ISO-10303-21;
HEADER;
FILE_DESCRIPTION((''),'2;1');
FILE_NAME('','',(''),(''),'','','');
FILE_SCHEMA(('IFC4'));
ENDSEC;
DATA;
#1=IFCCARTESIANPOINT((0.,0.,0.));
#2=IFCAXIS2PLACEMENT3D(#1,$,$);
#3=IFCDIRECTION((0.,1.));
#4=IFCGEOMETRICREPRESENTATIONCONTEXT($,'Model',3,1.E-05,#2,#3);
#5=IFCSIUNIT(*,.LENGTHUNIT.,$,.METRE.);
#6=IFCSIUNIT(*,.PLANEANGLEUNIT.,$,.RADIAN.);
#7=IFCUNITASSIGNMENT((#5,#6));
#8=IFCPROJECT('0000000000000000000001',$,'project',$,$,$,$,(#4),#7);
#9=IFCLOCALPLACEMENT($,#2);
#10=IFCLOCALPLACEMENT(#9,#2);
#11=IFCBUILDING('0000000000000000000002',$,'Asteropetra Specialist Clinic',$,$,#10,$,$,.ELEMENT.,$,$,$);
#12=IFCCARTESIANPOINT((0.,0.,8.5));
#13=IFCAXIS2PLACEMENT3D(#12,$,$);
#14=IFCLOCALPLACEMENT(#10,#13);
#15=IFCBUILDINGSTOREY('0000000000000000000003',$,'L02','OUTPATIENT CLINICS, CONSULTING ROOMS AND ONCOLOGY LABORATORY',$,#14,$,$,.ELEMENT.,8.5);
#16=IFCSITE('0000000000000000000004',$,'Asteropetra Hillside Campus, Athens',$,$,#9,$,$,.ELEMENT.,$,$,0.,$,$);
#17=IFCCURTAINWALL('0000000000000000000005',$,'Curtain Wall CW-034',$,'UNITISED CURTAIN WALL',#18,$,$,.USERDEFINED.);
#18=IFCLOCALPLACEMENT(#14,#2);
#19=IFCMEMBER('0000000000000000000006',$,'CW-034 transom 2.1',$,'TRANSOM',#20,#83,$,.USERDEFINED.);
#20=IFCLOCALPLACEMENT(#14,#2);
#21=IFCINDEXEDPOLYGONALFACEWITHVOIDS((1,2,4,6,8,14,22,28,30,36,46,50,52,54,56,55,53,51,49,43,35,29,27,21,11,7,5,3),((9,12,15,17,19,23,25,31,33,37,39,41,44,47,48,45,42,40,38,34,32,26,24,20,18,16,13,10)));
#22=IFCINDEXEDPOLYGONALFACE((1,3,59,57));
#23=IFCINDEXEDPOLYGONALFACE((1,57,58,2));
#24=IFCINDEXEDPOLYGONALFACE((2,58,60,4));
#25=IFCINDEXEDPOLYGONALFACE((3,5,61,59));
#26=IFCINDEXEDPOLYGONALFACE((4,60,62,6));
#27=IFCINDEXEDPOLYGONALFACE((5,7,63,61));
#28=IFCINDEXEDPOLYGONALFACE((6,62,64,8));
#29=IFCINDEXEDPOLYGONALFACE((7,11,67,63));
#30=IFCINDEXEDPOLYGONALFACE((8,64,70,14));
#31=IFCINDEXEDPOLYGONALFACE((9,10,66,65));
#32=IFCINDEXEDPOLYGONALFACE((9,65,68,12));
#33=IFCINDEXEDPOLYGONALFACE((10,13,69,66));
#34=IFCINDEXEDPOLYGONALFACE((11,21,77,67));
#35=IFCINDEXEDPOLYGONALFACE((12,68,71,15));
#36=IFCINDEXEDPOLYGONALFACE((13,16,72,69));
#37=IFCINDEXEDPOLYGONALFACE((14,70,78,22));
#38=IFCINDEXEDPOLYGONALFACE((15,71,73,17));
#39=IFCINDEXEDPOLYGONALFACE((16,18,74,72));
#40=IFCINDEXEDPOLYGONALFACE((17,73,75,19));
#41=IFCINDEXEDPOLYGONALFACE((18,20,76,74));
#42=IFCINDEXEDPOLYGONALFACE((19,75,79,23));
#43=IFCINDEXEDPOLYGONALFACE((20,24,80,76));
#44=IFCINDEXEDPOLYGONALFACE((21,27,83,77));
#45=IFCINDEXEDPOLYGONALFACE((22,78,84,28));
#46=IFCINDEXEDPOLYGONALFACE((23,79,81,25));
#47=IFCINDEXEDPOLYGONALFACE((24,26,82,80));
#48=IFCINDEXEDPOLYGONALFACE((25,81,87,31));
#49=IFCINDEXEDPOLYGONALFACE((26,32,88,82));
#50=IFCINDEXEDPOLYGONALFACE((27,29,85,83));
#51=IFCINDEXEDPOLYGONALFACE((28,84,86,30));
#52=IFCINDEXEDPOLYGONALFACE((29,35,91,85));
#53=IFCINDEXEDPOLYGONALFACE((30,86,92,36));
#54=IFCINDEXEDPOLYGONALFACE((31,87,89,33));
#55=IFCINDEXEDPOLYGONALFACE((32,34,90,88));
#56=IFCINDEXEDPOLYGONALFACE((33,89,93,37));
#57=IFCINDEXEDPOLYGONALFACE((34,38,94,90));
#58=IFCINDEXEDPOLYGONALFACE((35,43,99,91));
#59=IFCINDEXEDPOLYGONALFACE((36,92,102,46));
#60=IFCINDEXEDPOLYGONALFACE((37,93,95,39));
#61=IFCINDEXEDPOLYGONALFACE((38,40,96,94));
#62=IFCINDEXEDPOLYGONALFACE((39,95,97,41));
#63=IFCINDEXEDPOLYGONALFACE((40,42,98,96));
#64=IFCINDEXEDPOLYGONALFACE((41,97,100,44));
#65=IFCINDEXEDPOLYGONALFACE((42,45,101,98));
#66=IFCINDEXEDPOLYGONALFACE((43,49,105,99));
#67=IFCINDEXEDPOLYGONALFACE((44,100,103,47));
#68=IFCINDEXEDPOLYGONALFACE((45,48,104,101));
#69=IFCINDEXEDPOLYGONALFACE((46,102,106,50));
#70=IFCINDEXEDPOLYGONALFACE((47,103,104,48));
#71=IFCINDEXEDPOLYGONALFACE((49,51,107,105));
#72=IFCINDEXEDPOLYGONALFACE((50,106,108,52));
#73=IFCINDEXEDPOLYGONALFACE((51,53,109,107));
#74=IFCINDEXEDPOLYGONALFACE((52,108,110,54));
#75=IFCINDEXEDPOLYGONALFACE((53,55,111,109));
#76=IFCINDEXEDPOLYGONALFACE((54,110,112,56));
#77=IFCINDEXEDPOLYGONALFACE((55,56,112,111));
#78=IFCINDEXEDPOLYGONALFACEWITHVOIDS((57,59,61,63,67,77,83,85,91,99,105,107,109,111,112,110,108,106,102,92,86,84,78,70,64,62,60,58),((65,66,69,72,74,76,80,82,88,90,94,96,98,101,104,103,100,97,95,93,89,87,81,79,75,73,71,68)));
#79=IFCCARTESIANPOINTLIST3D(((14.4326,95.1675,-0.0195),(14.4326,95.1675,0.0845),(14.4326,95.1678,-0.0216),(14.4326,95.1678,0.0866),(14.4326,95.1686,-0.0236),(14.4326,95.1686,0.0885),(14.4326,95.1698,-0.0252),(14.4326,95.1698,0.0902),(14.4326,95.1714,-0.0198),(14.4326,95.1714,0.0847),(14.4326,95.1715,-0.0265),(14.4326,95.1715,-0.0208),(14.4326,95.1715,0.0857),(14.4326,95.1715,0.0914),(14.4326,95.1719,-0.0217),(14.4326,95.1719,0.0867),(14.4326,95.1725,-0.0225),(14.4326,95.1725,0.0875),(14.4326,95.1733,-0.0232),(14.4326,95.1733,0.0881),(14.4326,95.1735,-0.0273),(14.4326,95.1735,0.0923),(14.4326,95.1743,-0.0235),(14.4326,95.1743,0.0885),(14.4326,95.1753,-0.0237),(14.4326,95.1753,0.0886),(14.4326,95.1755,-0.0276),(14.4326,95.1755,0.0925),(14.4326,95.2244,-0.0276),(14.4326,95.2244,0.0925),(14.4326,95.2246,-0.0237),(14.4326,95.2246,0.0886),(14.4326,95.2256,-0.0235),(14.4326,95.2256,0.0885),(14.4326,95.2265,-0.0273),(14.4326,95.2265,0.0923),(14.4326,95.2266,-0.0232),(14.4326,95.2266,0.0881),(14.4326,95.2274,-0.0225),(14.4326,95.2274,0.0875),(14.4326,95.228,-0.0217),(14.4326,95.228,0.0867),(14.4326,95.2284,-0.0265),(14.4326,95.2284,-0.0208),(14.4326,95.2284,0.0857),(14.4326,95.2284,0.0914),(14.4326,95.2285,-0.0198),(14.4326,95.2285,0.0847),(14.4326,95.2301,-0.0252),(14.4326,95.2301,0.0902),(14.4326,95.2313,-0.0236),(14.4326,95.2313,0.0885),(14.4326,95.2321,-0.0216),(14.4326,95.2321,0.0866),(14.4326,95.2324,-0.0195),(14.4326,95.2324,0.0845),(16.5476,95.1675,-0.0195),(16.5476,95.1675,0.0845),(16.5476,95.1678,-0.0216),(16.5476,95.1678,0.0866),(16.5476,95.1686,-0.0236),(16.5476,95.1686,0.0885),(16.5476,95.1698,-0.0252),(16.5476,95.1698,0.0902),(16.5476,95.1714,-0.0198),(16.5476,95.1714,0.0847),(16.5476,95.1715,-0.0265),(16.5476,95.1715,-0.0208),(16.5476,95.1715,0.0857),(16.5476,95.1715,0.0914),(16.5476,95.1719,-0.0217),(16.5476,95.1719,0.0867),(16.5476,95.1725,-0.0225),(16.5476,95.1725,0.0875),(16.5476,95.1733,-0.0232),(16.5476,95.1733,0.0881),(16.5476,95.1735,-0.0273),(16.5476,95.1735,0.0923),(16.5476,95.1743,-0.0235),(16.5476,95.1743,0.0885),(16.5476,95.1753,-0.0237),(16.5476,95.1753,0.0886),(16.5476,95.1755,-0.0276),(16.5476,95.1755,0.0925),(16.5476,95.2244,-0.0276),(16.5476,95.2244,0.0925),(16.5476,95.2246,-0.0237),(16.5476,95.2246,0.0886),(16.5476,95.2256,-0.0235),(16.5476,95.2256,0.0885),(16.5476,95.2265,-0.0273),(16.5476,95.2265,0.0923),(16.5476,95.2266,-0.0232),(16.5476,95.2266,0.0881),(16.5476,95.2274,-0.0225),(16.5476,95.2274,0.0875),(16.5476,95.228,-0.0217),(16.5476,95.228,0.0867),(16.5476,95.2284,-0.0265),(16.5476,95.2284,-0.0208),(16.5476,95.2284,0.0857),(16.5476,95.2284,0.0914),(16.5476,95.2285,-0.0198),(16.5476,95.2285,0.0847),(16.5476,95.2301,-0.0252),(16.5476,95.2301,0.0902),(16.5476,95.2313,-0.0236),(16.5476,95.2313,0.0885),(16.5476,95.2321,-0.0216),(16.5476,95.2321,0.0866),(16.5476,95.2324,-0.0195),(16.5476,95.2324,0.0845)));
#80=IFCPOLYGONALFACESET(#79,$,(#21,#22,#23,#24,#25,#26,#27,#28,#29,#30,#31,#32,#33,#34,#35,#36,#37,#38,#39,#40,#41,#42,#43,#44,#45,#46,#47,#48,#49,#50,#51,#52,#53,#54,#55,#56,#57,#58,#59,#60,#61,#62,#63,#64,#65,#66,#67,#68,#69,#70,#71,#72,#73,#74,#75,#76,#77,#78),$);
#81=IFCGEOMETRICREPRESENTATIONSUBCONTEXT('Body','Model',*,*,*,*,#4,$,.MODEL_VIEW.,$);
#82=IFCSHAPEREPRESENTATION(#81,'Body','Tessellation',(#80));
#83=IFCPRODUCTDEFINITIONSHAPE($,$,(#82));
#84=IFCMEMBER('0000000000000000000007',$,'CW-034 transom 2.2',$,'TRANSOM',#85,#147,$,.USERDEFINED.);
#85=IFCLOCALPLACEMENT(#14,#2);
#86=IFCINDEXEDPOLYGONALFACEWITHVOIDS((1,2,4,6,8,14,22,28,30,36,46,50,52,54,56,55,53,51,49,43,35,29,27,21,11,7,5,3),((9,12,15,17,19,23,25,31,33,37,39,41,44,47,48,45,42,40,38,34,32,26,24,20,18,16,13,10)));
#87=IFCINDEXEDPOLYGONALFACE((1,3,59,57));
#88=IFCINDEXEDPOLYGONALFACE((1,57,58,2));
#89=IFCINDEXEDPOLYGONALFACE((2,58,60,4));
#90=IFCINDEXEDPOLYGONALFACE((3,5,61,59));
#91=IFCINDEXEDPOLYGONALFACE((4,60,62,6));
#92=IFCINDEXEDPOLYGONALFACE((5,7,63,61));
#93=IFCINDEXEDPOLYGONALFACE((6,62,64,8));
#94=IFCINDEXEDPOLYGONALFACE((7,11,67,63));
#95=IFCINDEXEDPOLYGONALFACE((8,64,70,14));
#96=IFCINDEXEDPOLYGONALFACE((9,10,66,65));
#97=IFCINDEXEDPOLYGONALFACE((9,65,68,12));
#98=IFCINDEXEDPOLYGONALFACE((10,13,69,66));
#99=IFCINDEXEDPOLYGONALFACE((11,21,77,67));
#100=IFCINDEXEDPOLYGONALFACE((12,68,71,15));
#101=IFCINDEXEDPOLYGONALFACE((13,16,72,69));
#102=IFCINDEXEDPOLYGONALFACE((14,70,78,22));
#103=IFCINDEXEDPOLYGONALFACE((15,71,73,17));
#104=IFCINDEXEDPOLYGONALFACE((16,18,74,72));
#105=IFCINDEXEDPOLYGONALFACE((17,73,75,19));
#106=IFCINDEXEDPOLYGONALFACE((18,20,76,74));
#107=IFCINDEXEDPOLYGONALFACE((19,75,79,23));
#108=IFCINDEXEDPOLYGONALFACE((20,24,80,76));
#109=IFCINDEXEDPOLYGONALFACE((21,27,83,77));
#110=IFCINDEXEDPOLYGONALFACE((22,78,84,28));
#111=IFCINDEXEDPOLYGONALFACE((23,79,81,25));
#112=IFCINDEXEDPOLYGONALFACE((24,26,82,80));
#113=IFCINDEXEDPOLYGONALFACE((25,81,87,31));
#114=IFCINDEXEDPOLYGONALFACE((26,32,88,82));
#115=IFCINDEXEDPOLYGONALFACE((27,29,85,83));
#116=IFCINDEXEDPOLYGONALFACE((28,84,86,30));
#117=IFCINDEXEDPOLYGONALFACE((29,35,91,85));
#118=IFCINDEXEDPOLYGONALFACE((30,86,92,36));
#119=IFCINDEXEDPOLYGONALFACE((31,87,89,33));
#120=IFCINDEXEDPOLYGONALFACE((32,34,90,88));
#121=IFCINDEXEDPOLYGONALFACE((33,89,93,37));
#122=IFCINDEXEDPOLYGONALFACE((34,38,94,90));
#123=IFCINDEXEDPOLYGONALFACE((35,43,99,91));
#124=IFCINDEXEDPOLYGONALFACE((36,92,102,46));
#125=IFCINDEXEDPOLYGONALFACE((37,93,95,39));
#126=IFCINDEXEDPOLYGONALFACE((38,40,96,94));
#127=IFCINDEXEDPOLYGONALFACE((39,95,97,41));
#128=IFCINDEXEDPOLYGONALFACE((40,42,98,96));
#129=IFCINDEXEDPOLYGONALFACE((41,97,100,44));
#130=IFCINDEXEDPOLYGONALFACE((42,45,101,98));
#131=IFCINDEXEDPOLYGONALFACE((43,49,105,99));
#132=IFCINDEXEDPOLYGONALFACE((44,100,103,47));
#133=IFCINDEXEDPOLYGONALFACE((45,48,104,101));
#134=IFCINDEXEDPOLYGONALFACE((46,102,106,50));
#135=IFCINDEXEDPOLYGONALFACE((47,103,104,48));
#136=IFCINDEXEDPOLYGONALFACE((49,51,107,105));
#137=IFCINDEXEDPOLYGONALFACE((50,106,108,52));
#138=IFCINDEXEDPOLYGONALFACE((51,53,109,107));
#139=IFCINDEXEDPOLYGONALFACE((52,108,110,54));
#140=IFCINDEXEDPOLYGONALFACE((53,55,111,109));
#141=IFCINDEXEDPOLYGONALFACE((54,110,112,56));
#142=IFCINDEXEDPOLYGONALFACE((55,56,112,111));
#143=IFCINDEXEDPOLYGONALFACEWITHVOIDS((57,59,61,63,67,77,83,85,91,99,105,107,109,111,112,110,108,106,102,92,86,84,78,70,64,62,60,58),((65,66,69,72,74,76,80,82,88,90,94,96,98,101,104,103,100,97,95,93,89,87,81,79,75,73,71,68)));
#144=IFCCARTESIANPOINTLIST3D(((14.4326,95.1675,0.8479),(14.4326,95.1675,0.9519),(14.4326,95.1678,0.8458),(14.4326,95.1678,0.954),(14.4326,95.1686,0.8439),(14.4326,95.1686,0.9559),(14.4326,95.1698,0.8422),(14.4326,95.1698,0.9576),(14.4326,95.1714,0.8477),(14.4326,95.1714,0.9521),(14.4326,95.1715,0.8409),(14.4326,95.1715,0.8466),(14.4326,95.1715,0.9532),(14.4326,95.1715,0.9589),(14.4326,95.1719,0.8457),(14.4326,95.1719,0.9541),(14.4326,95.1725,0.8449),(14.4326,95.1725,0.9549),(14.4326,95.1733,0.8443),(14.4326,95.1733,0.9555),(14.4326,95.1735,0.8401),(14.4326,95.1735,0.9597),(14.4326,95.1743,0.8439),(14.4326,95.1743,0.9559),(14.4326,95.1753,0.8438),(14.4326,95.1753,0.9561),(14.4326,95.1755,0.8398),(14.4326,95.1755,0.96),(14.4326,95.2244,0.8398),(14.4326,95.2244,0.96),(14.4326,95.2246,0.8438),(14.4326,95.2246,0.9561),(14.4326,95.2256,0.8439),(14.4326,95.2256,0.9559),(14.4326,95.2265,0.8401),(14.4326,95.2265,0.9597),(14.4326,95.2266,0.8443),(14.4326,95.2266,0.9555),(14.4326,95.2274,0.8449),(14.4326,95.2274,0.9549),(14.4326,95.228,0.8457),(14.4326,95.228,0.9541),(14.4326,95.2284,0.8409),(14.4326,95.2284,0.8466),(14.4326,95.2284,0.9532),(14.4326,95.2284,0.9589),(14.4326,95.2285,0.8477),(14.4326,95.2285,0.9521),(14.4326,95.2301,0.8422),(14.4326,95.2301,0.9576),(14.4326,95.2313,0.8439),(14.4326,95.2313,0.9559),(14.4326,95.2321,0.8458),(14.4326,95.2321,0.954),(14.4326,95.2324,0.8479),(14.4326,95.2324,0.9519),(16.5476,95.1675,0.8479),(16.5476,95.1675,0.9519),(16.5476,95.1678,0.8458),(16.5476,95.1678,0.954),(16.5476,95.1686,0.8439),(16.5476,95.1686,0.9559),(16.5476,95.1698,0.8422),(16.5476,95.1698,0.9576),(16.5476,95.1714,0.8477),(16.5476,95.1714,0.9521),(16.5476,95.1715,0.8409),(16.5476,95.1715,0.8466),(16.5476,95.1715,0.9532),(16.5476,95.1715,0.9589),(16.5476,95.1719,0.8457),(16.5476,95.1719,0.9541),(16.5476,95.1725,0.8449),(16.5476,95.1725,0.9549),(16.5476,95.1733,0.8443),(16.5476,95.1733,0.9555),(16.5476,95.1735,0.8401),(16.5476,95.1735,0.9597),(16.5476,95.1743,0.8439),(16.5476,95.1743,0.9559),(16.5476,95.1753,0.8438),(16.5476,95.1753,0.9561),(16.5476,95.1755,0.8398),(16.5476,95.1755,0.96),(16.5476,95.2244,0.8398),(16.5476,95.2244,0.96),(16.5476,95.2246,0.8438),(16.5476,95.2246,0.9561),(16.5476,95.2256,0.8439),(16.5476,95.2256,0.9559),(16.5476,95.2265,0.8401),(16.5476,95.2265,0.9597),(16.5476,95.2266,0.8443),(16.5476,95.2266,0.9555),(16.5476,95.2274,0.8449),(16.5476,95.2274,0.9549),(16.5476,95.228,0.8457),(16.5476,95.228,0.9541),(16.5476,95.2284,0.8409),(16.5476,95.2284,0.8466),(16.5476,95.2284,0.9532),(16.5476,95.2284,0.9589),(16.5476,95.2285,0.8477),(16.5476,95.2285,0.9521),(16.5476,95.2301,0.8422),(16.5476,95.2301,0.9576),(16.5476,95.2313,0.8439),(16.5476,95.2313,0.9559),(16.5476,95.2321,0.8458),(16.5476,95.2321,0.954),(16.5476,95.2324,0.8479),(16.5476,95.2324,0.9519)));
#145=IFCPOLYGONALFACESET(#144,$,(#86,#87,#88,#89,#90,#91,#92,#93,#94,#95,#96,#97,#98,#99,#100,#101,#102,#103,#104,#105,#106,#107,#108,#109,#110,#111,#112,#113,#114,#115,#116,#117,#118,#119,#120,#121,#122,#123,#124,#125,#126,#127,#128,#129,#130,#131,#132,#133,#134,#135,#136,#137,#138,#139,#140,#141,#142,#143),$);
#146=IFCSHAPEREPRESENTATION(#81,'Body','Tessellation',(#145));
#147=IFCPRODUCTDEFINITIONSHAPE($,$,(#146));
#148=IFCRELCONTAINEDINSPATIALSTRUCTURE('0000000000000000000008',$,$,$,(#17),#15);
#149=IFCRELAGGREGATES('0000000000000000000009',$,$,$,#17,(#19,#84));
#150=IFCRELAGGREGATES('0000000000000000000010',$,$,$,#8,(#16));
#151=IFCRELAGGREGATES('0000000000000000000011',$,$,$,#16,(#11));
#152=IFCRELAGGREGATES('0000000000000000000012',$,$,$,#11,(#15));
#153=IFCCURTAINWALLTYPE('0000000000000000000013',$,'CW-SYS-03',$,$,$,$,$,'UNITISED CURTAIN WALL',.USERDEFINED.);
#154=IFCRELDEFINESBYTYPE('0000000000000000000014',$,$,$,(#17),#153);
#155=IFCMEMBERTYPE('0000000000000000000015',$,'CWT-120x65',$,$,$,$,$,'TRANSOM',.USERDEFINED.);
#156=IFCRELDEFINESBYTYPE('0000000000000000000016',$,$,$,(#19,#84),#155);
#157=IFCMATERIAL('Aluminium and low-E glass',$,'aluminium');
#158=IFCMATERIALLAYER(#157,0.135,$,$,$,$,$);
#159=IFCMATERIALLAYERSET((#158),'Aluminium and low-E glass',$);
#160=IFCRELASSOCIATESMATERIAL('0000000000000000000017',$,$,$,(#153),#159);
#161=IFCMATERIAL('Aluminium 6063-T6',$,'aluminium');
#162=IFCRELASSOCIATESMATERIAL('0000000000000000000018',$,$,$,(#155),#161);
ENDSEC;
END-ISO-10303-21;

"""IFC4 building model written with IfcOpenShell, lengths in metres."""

from ifc_helpers import new_model, si_unit, direction, frame, origin, origin_2d, place, context, subcontext, project, spatial, hollow_rectangle, extrude, material, layer, layer_set, material_profile, profile_set, type_object, element, aggregate, save


model = new_model("IFC4")

# Units and contexts
model_context = context("Model", 3, precision=1e-05, world=origin(), true_north=direction((0.0, 1.0)))
body_context = subcontext(model_context, "Body", "Model", "MODEL_VIEW")
ifc_project = project(units=[si_unit("LENGTHUNIT", "METRE"), si_unit("PLANEANGLEUNIT", "RADIAN")], contexts=[model_context])

# Site, building, storey
site_placement = place(None, origin())
site = spatial("IfcSite", under=ifc_project, at=site_placement, Name="Asteropetra Hillside Campus, Athens", CompositionType="ELEMENT", RefElevation=0.0)
building_placement = place(site_placement, origin())
building = spatial("IfcBuilding", under=site, at=building_placement, Name="Asteropetra Specialist Clinic", CompositionType="ELEMENT")
storey_placement = place(building_placement, frame((0.0, 0.0, 8.5)))
storey = spatial("IfcBuildingStorey", under=building, at=storey_placement, Name="L02", Description="OUTPATIENT CLINICS, CONSULTING ROOMS AND ONCOLOGY LABORATORY", CompositionType="ELEMENT", Elevation=8.5)

# Curtain wall, members
ifc_material_1 = material(Name="Aluminium and low-E glass", Category="aluminium")
ifc_layer_1 = layer(ifc_material_1, 0.135)
ifc_layer_set_1 = layer_set([ifc_layer_1], Name="Aluminium and low-E glass")
curtain_wall_type = type_object("IfcCurtainWallType", Name="CW-SYS-03", ElementType="UNITISED CURTAIN WALL", PredefinedType="USERDEFINED", material=ifc_layer_set_1)
curtain_wall_placement = place(storey_placement, origin())
curtain_wall = element("IfcCurtainWall", 1, at=curtain_wall_placement, inside=storey, type_object=curtain_wall_type, Name="Curtain Wall CW-034", ObjectType="UNITISED CURTAIN WALL", PredefinedType="USERDEFINED")
ifc_material_2 = material(Name="Aluminium 6063-T6", Category="aluminium")
ifc_material_profile_1 = material_profile(ifc_material_2, hollow_rectangle(XDim=0.0649, YDim=0.1201, WallThickness=0.0039, InnerFilletRadius=0.0039, OuterFilletRadius=0.0081, at=origin_2d()), Name="TRN 120x65x4.0")
ifc_profile_set_1 = profile_set([ifc_material_profile_1], Name="Aluminium 6063-T6")
member_type_1 = type_object("IfcMemberType", Name="CWT-120x65", ElementType="TRANSOM", PredefinedType="USERDEFINED", material=ifc_profile_set_1)
member_1_placement = place(storey_placement, frame((16.5476, 95.2, 0.0325), z_axis=(-1.0, 0.0, 0.0), x_axis=(0.0, -1.0, 0.0)))
member_1 = element("IfcMember", 2, at=member_1_placement, type_object=member_type_1, Name="CW-034 transom 2.1", ObjectType="TRANSOM", PredefinedType="USERDEFINED", context=body_context, shape_type="SweptSolid", body=[
    extrude(hollow_rectangle(XDim=0.0649, YDim=0.1201, WallThickness=0.0039, InnerFilletRadius=0.0039, OuterFilletRadius=0.0081, at=origin_2d()), origin(), (0.0, 0.0, 1.0), 2.115),
])
member_2_placement = place(storey_placement, frame((16.5476, 95.2, 0.8999), z_axis=(-1.0, 0.0, 0.0), x_axis=(0.0, -1.0, 0.0)))
member_2 = element("IfcMember", 3, at=member_2_placement, type_object=member_type_1, Name="CW-034 transom 2.2", ObjectType="TRANSOM", PredefinedType="USERDEFINED", context=body_context, shape_type="SweptSolid", body=[
    extrude(hollow_rectangle(XDim=0.0649, YDim=0.1201, WallThickness=0.0039, InnerFilletRadius=0.0039, OuterFilletRadius=0.0081, at=origin_2d()), origin(), (0.0, 0.0, 1.0), 2.115),
])

aggregate(curtain_wall, [member_1, member_2])

save(model, "model.ifc")
